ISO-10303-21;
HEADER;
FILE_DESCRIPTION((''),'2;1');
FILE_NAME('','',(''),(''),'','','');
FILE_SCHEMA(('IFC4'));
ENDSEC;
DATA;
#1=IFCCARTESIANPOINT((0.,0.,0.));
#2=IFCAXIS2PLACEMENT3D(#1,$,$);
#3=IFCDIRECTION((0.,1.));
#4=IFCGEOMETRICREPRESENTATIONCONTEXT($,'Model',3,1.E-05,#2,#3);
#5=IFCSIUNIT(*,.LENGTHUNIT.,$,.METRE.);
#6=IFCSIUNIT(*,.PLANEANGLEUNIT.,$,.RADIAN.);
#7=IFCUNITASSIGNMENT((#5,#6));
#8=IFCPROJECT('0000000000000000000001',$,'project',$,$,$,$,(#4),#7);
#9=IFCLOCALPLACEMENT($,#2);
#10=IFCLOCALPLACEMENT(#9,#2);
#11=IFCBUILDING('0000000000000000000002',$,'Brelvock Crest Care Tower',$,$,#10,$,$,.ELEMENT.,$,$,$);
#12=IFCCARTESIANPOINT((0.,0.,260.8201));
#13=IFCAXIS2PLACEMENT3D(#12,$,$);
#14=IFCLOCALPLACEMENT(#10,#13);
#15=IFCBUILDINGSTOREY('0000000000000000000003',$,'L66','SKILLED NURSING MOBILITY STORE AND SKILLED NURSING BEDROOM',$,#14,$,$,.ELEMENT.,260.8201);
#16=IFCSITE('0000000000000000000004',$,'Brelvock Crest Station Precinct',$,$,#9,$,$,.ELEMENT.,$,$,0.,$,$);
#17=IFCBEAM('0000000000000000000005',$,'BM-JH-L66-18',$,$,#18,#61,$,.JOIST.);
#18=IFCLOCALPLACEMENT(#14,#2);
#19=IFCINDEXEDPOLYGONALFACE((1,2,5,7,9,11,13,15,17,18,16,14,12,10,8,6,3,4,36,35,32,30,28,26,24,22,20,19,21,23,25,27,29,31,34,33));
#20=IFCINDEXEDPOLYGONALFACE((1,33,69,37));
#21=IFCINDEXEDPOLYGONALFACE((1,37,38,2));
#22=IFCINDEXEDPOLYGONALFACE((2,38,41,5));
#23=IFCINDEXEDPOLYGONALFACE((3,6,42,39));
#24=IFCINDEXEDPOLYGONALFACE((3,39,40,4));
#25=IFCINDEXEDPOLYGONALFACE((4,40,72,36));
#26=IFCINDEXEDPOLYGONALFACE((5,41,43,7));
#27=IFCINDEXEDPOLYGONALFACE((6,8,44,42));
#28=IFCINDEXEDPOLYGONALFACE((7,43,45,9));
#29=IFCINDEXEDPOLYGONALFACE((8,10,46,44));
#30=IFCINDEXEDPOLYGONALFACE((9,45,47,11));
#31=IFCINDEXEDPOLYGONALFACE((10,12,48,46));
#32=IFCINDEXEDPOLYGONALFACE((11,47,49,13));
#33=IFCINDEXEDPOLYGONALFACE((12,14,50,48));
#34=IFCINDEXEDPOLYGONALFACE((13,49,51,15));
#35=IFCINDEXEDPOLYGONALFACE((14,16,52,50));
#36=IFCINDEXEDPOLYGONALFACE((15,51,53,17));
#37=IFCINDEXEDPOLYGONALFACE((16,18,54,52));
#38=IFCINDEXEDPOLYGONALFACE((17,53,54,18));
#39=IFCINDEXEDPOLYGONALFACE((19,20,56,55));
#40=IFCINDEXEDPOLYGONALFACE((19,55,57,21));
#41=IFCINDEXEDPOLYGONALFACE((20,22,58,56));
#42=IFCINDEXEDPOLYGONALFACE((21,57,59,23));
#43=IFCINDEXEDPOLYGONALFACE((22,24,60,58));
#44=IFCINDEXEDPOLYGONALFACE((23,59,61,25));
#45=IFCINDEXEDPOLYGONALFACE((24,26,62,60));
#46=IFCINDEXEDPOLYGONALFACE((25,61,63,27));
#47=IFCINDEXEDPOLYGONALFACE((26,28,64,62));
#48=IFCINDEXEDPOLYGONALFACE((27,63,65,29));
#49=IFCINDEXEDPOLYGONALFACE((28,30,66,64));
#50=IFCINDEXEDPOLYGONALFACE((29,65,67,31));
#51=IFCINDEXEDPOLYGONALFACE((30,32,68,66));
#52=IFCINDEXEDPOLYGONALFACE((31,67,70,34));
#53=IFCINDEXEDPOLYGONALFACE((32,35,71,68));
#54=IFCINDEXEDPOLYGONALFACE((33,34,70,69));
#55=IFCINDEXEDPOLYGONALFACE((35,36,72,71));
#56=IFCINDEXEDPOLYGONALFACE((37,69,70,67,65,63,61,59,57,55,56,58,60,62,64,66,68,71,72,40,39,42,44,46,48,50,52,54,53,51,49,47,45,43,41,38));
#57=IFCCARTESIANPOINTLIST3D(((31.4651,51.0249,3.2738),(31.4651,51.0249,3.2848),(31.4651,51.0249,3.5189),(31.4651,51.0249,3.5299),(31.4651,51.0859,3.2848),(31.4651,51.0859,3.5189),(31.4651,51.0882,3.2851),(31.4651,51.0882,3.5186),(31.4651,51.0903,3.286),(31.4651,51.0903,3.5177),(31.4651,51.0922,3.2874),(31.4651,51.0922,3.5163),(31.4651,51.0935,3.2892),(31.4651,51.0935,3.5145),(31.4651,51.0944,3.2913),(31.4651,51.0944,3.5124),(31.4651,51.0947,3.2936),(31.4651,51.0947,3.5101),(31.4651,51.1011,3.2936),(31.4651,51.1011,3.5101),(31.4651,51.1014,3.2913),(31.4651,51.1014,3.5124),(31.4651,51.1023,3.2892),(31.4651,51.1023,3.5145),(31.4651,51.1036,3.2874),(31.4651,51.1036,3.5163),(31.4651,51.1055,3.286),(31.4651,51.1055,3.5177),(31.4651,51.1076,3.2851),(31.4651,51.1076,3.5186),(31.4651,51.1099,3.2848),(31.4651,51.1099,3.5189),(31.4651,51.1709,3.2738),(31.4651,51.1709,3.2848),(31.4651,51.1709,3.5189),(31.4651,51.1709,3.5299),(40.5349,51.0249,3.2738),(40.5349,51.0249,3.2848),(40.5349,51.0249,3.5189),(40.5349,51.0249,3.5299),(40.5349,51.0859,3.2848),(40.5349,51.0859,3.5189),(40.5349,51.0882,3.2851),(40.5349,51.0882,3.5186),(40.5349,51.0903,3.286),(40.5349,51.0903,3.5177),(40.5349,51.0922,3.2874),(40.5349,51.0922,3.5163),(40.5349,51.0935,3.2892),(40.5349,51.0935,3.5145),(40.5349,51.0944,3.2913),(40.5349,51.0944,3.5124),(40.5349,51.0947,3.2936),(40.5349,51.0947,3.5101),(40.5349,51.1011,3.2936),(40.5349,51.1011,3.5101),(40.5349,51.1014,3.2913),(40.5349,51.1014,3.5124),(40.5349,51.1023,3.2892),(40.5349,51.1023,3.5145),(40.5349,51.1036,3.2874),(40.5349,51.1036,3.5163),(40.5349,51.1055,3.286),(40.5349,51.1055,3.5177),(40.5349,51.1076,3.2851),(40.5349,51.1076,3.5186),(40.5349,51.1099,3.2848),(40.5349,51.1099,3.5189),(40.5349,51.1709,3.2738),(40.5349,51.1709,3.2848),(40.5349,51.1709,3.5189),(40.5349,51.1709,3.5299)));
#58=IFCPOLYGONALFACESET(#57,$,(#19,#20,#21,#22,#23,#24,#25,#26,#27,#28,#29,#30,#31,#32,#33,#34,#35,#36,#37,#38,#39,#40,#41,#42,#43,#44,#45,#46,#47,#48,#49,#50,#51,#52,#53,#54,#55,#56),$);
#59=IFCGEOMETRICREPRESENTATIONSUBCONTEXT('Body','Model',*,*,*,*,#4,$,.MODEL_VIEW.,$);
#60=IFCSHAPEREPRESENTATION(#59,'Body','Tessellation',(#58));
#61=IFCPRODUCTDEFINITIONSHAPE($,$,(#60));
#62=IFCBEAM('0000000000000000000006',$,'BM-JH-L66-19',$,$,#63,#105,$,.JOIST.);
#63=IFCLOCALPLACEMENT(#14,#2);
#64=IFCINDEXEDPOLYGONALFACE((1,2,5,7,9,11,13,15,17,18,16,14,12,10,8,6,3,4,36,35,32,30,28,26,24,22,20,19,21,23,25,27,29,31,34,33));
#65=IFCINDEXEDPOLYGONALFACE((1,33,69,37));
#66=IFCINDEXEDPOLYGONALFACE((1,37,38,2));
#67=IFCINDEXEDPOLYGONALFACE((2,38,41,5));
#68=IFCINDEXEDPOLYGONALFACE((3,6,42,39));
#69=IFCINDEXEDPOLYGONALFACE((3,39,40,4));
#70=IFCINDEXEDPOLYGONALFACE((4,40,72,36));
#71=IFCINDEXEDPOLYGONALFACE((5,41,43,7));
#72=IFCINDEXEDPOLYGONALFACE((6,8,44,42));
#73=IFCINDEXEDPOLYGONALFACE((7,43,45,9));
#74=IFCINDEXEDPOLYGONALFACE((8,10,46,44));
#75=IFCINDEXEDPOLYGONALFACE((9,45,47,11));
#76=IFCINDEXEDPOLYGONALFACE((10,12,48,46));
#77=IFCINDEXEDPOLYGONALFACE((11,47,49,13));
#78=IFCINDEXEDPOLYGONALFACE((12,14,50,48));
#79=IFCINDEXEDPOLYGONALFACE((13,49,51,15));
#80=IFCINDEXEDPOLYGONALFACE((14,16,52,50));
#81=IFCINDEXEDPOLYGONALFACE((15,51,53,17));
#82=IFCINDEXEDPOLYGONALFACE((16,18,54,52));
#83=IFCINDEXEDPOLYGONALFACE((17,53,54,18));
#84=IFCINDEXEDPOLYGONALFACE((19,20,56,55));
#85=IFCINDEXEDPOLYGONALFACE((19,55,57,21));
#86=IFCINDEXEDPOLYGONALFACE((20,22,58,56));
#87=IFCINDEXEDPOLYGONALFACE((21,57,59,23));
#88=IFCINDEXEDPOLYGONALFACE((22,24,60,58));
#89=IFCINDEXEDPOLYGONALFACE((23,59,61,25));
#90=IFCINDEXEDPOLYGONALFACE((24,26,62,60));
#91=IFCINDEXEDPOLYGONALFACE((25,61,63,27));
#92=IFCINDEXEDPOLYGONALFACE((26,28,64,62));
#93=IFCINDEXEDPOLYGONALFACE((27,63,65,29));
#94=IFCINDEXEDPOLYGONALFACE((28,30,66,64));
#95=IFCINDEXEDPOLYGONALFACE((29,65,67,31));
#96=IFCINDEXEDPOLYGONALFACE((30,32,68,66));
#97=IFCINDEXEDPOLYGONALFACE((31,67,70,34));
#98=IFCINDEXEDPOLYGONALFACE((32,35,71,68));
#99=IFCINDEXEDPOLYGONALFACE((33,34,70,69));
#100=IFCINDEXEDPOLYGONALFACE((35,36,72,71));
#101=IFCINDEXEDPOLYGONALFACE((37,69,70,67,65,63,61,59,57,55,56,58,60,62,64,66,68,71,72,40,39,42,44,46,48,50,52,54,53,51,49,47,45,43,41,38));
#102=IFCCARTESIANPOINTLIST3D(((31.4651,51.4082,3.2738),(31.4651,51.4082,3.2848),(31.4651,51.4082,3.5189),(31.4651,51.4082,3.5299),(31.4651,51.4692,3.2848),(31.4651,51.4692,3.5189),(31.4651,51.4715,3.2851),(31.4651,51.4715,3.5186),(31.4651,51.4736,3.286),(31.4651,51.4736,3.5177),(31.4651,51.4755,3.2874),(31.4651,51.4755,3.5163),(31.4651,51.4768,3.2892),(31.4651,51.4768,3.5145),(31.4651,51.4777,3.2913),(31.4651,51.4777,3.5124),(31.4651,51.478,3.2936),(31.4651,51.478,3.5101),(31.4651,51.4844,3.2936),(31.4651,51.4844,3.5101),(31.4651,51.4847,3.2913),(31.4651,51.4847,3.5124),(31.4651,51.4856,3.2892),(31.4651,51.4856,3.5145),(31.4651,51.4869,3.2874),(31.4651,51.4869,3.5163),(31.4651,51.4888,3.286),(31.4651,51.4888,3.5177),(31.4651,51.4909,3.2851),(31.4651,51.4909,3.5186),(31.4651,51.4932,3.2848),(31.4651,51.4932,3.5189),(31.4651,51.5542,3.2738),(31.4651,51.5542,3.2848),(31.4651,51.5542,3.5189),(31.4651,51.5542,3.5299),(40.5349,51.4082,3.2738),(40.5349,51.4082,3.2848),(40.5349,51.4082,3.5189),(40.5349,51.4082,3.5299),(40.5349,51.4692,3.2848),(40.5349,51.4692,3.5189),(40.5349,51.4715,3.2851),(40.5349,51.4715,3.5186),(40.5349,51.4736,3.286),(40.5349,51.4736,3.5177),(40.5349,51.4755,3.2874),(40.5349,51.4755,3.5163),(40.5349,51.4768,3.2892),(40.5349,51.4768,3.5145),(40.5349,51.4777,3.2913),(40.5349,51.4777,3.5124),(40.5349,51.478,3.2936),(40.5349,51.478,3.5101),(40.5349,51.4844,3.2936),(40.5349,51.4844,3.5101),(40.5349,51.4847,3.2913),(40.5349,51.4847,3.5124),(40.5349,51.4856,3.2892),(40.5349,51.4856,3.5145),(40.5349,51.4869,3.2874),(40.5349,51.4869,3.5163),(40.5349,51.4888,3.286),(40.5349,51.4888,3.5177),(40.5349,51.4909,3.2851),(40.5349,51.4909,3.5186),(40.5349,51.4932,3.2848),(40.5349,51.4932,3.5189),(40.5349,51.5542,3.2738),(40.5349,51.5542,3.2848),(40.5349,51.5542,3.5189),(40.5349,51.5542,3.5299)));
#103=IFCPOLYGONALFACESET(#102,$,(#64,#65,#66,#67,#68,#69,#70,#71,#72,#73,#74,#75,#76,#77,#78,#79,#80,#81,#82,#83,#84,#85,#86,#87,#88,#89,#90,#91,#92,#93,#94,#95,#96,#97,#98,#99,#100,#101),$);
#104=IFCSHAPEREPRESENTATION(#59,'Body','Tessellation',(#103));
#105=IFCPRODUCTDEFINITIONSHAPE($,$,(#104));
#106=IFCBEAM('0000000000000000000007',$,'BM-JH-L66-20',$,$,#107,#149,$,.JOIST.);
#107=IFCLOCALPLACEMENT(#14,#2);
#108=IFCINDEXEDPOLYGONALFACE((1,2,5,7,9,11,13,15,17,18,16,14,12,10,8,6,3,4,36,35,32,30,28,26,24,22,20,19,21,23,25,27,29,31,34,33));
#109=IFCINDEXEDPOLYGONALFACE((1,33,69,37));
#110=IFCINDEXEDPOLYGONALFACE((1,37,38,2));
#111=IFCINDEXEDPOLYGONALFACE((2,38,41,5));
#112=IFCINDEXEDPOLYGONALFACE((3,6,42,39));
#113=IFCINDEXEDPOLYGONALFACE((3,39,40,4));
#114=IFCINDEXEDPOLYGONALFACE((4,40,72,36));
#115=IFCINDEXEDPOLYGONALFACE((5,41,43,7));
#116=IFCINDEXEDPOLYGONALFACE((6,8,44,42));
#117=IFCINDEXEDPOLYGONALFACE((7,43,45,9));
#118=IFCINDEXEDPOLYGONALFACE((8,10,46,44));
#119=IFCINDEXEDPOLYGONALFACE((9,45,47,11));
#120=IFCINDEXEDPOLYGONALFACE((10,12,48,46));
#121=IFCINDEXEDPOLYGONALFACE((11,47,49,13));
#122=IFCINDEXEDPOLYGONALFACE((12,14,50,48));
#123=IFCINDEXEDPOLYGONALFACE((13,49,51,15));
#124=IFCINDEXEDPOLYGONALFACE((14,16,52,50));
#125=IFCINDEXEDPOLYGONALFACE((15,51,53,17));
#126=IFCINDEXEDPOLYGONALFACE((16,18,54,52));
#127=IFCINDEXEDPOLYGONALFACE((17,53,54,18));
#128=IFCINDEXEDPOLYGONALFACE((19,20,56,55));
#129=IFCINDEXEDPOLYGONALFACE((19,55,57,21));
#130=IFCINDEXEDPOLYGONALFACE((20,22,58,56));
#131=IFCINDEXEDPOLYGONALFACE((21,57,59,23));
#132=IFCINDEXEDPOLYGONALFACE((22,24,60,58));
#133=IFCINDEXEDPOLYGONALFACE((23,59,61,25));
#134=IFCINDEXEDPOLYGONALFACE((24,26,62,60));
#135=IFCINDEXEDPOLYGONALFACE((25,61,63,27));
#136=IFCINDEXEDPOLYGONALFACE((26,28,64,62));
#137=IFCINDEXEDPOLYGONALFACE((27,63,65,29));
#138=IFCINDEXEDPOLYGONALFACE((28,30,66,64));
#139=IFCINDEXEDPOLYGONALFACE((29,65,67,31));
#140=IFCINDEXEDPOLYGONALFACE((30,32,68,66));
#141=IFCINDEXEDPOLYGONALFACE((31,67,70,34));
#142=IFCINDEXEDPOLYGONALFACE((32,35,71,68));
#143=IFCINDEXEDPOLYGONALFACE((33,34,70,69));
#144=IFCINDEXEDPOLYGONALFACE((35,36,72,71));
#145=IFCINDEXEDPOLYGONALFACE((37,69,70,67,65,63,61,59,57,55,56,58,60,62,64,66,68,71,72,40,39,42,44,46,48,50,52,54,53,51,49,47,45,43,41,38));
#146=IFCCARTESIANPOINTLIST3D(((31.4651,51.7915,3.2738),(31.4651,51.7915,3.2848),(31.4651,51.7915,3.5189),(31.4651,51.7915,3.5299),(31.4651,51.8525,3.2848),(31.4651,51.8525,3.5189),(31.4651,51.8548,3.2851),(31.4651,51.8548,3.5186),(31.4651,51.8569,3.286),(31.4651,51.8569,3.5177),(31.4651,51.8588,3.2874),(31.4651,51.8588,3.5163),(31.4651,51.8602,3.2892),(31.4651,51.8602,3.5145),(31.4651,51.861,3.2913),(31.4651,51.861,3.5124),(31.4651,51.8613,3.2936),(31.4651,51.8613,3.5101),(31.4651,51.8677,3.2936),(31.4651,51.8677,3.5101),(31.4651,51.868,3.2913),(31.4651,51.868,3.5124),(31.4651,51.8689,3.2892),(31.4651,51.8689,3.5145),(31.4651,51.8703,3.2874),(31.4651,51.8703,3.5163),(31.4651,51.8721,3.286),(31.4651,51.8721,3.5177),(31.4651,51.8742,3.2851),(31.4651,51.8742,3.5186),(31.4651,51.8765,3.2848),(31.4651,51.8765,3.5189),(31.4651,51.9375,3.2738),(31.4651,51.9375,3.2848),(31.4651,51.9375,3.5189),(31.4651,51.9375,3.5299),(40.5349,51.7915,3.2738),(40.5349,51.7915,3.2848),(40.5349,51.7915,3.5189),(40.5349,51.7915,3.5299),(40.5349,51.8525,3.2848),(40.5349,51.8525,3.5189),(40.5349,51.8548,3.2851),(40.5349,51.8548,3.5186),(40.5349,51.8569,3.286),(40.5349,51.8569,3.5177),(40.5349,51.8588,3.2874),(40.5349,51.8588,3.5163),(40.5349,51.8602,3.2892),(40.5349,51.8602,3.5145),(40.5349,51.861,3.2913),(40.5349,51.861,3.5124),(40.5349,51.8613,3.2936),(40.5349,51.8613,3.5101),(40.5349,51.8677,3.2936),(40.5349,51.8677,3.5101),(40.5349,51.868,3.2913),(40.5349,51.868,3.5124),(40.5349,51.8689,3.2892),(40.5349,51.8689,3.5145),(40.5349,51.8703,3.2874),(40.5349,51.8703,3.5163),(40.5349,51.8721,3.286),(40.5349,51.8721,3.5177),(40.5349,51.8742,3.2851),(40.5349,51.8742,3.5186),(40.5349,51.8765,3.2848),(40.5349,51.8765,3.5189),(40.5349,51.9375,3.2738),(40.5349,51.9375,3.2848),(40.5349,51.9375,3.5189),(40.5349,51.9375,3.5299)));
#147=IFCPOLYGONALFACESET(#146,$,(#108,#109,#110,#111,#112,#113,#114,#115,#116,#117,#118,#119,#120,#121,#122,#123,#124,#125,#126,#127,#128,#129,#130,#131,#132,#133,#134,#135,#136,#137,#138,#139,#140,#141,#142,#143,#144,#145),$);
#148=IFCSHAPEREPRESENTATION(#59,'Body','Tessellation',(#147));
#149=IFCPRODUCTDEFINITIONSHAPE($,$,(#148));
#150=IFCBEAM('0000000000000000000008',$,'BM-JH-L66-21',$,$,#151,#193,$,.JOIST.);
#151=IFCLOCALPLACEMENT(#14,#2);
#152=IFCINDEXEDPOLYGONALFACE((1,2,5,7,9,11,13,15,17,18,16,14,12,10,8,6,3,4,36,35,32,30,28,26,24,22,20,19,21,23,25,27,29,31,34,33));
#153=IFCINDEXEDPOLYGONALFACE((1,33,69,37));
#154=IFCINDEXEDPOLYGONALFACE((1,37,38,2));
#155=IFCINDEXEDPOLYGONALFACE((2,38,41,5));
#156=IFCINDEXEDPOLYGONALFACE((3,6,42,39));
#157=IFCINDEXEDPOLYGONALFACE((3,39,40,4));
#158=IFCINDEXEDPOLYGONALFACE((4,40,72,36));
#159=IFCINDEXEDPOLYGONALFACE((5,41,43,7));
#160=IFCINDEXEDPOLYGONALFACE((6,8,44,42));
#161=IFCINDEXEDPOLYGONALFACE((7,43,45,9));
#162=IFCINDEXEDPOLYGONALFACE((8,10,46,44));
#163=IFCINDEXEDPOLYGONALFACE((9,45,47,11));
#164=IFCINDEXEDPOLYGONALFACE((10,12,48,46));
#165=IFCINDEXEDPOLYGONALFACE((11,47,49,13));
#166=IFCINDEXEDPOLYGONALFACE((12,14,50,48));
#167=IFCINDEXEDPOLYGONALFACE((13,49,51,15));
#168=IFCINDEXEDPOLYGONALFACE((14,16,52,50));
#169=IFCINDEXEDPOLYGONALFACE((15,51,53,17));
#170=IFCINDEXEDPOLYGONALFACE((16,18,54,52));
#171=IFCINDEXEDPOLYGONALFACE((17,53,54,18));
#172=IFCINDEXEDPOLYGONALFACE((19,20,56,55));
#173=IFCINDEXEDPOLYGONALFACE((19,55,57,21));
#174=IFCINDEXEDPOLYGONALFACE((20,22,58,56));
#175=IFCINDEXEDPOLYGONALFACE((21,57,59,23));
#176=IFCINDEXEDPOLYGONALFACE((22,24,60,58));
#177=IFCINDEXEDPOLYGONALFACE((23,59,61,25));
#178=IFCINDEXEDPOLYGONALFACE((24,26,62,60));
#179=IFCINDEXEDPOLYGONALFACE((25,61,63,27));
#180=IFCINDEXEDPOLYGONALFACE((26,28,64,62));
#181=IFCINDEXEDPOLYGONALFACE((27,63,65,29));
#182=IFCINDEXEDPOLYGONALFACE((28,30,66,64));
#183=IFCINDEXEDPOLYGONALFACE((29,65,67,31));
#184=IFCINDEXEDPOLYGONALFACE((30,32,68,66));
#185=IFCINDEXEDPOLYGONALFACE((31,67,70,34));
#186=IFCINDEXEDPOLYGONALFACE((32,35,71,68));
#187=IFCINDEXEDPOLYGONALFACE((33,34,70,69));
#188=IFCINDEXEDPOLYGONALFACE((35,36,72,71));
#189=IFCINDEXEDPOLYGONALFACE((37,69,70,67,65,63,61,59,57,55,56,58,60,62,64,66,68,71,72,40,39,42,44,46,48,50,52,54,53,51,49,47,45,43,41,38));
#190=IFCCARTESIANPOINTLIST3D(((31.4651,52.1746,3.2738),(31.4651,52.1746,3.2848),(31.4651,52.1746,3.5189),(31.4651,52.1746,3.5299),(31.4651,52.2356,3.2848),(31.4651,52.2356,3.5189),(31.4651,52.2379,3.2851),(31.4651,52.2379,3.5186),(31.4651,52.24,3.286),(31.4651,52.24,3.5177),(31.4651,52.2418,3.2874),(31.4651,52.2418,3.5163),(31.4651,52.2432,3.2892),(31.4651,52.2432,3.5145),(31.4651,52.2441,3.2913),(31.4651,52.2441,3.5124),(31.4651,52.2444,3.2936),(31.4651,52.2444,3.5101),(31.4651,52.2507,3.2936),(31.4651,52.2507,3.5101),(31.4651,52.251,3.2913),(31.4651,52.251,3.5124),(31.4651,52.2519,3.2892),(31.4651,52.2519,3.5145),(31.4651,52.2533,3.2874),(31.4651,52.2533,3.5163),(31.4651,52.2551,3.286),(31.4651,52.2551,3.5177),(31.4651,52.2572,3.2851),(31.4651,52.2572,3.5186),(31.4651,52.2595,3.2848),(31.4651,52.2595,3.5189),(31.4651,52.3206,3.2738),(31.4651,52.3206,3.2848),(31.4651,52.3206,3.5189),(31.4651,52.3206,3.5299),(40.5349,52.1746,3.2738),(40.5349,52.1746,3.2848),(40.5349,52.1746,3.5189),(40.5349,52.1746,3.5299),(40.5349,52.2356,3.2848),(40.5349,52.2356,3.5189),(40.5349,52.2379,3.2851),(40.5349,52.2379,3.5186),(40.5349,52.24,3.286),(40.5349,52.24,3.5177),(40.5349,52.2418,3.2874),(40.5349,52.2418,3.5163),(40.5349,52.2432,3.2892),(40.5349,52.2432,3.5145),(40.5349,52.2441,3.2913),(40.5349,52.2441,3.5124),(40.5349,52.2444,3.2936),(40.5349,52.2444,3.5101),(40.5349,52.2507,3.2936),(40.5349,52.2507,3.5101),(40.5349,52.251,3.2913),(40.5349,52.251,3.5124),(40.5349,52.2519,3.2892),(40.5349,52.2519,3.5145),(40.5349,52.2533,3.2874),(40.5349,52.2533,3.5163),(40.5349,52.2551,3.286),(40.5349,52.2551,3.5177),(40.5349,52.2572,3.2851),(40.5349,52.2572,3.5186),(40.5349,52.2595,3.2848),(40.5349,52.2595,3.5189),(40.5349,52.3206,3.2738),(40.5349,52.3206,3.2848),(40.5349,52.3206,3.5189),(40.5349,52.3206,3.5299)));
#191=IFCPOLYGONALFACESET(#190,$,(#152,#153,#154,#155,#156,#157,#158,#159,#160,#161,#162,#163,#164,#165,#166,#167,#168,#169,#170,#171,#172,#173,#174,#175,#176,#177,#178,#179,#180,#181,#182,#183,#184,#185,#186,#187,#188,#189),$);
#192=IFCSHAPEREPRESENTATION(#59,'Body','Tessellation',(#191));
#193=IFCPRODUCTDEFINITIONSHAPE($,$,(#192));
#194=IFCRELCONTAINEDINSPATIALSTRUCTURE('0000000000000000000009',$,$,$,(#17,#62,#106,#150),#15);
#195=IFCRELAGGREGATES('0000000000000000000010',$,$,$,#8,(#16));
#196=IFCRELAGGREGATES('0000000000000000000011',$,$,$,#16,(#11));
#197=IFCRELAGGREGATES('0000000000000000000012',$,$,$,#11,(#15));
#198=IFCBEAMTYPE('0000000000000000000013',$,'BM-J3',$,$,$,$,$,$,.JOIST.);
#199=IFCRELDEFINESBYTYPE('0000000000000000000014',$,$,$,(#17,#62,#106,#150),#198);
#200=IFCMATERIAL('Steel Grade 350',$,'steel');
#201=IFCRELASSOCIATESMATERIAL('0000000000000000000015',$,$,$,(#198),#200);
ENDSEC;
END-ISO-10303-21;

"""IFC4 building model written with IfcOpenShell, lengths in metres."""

from ifc_helpers import new_model, si_unit, direction, frame, origin, origin_2d, place, context, subcontext, project, spatial, i_section, extrude, source, transform, mapped, material, material_profile, profile_set, type_object, element, save


model = new_model("IFC4")

# Units and contexts
model_context = context("Model", 3, precision=1e-05, world=origin(), true_north=direction((0.0, 1.0)))
body_context = subcontext(model_context, "Body", "Model", "MODEL_VIEW")
ifc_project = project(units=[si_unit("LENGTHUNIT", "METRE"), si_unit("PLANEANGLEUNIT", "RADIAN")], contexts=[model_context])

# Site, building, storey
site_placement = place(None, origin())
site = spatial("IfcSite", under=ifc_project, at=site_placement, Name="Brelvock Crest Station Precinct", CompositionType="ELEMENT", RefElevation=0.0)
building_placement = place(site_placement, origin())
building = spatial("IfcBuilding", under=site, at=building_placement, Name="Brelvock Crest Care Tower", CompositionType="ELEMENT")
storey_placement = place(building_placement, frame((0.0, 0.0, 260.8201)))
storey = spatial("IfcBuildingStorey", under=building, at=storey_placement, Name="L66", Description="SKILLED NURSING MOBILITY STORE AND SKILLED NURSING BEDROOM", CompositionType="ELEMENT", Elevation=260.8201)

# Beams
ifc_material_1 = material(Name="Steel Grade 350", Category="steel")
ifc_material_profile_1 = material_profile(ifc_material_1, i_section(OverallWidth=0.146, OverallDepth=0.2561, WebThickness=0.0063, FlangeThickness=0.011, FilletRadius=0.0088, at=origin_2d()), Name="250UB37.3")
ifc_profile_set_1 = profile_set([ifc_material_profile_1], Name="Steel Grade 350")
beam_type_1 = type_object("IfcBeamType", Name="BM-J3", PredefinedType="JOIST", material=ifc_profile_set_1)
shared_shape_1 = source(origin(), body_context, "Body", "SweptSolid", [
    extrude(i_section(OverallWidth=0.146, OverallDepth=0.2561, WebThickness=0.0063, FlangeThickness=0.011, FilletRadius=0.0088, at=origin_2d()), origin(), (0.0, 0.0, 1.0), 9.0698),
])
for number, where, z_axis, x_axis, name in (
    (1, (31.4651, 51.0979, 3.4019), (1.0, 0.0, 0.0), (0.0, 1.0, 0.0), "BM-JH-L66-18"),
    (2, (31.4651, 51.4812, 3.4019), (1.0, 0.0, 0.0), (0.0, 1.0, 0.0), "BM-JH-L66-19"),
    (3, (31.4651, 51.8645, 3.4019), (1.0, 0.0, 0.0), (0.0, 1.0, 0.0), "BM-JH-L66-20"),
    (4, (31.4651, 52.2476, 3.4019), (1.0, 0.0, 0.0), (0.0, 1.0, 0.0), "BM-JH-L66-21"),
):
    element("IfcBeam", number, at=place(storey_placement, frame(where, z_axis=z_axis, x_axis=x_axis)), inside=storey, type_object=beam_type_1, Name=name, PredefinedType="JOIST", context=body_context, shape_type="MappedRepresentation", body=[
        mapped(shared_shape_1, transform((0.0, 0.0, 0.0), x_axis=(1.0, 0.0, 0.0), y_axis=(0.0, 1.0, 0.0), z_axis=(0.0, 0.0, 1.0), scale=1.0)),
    ])

save(model, "model.ifc")
